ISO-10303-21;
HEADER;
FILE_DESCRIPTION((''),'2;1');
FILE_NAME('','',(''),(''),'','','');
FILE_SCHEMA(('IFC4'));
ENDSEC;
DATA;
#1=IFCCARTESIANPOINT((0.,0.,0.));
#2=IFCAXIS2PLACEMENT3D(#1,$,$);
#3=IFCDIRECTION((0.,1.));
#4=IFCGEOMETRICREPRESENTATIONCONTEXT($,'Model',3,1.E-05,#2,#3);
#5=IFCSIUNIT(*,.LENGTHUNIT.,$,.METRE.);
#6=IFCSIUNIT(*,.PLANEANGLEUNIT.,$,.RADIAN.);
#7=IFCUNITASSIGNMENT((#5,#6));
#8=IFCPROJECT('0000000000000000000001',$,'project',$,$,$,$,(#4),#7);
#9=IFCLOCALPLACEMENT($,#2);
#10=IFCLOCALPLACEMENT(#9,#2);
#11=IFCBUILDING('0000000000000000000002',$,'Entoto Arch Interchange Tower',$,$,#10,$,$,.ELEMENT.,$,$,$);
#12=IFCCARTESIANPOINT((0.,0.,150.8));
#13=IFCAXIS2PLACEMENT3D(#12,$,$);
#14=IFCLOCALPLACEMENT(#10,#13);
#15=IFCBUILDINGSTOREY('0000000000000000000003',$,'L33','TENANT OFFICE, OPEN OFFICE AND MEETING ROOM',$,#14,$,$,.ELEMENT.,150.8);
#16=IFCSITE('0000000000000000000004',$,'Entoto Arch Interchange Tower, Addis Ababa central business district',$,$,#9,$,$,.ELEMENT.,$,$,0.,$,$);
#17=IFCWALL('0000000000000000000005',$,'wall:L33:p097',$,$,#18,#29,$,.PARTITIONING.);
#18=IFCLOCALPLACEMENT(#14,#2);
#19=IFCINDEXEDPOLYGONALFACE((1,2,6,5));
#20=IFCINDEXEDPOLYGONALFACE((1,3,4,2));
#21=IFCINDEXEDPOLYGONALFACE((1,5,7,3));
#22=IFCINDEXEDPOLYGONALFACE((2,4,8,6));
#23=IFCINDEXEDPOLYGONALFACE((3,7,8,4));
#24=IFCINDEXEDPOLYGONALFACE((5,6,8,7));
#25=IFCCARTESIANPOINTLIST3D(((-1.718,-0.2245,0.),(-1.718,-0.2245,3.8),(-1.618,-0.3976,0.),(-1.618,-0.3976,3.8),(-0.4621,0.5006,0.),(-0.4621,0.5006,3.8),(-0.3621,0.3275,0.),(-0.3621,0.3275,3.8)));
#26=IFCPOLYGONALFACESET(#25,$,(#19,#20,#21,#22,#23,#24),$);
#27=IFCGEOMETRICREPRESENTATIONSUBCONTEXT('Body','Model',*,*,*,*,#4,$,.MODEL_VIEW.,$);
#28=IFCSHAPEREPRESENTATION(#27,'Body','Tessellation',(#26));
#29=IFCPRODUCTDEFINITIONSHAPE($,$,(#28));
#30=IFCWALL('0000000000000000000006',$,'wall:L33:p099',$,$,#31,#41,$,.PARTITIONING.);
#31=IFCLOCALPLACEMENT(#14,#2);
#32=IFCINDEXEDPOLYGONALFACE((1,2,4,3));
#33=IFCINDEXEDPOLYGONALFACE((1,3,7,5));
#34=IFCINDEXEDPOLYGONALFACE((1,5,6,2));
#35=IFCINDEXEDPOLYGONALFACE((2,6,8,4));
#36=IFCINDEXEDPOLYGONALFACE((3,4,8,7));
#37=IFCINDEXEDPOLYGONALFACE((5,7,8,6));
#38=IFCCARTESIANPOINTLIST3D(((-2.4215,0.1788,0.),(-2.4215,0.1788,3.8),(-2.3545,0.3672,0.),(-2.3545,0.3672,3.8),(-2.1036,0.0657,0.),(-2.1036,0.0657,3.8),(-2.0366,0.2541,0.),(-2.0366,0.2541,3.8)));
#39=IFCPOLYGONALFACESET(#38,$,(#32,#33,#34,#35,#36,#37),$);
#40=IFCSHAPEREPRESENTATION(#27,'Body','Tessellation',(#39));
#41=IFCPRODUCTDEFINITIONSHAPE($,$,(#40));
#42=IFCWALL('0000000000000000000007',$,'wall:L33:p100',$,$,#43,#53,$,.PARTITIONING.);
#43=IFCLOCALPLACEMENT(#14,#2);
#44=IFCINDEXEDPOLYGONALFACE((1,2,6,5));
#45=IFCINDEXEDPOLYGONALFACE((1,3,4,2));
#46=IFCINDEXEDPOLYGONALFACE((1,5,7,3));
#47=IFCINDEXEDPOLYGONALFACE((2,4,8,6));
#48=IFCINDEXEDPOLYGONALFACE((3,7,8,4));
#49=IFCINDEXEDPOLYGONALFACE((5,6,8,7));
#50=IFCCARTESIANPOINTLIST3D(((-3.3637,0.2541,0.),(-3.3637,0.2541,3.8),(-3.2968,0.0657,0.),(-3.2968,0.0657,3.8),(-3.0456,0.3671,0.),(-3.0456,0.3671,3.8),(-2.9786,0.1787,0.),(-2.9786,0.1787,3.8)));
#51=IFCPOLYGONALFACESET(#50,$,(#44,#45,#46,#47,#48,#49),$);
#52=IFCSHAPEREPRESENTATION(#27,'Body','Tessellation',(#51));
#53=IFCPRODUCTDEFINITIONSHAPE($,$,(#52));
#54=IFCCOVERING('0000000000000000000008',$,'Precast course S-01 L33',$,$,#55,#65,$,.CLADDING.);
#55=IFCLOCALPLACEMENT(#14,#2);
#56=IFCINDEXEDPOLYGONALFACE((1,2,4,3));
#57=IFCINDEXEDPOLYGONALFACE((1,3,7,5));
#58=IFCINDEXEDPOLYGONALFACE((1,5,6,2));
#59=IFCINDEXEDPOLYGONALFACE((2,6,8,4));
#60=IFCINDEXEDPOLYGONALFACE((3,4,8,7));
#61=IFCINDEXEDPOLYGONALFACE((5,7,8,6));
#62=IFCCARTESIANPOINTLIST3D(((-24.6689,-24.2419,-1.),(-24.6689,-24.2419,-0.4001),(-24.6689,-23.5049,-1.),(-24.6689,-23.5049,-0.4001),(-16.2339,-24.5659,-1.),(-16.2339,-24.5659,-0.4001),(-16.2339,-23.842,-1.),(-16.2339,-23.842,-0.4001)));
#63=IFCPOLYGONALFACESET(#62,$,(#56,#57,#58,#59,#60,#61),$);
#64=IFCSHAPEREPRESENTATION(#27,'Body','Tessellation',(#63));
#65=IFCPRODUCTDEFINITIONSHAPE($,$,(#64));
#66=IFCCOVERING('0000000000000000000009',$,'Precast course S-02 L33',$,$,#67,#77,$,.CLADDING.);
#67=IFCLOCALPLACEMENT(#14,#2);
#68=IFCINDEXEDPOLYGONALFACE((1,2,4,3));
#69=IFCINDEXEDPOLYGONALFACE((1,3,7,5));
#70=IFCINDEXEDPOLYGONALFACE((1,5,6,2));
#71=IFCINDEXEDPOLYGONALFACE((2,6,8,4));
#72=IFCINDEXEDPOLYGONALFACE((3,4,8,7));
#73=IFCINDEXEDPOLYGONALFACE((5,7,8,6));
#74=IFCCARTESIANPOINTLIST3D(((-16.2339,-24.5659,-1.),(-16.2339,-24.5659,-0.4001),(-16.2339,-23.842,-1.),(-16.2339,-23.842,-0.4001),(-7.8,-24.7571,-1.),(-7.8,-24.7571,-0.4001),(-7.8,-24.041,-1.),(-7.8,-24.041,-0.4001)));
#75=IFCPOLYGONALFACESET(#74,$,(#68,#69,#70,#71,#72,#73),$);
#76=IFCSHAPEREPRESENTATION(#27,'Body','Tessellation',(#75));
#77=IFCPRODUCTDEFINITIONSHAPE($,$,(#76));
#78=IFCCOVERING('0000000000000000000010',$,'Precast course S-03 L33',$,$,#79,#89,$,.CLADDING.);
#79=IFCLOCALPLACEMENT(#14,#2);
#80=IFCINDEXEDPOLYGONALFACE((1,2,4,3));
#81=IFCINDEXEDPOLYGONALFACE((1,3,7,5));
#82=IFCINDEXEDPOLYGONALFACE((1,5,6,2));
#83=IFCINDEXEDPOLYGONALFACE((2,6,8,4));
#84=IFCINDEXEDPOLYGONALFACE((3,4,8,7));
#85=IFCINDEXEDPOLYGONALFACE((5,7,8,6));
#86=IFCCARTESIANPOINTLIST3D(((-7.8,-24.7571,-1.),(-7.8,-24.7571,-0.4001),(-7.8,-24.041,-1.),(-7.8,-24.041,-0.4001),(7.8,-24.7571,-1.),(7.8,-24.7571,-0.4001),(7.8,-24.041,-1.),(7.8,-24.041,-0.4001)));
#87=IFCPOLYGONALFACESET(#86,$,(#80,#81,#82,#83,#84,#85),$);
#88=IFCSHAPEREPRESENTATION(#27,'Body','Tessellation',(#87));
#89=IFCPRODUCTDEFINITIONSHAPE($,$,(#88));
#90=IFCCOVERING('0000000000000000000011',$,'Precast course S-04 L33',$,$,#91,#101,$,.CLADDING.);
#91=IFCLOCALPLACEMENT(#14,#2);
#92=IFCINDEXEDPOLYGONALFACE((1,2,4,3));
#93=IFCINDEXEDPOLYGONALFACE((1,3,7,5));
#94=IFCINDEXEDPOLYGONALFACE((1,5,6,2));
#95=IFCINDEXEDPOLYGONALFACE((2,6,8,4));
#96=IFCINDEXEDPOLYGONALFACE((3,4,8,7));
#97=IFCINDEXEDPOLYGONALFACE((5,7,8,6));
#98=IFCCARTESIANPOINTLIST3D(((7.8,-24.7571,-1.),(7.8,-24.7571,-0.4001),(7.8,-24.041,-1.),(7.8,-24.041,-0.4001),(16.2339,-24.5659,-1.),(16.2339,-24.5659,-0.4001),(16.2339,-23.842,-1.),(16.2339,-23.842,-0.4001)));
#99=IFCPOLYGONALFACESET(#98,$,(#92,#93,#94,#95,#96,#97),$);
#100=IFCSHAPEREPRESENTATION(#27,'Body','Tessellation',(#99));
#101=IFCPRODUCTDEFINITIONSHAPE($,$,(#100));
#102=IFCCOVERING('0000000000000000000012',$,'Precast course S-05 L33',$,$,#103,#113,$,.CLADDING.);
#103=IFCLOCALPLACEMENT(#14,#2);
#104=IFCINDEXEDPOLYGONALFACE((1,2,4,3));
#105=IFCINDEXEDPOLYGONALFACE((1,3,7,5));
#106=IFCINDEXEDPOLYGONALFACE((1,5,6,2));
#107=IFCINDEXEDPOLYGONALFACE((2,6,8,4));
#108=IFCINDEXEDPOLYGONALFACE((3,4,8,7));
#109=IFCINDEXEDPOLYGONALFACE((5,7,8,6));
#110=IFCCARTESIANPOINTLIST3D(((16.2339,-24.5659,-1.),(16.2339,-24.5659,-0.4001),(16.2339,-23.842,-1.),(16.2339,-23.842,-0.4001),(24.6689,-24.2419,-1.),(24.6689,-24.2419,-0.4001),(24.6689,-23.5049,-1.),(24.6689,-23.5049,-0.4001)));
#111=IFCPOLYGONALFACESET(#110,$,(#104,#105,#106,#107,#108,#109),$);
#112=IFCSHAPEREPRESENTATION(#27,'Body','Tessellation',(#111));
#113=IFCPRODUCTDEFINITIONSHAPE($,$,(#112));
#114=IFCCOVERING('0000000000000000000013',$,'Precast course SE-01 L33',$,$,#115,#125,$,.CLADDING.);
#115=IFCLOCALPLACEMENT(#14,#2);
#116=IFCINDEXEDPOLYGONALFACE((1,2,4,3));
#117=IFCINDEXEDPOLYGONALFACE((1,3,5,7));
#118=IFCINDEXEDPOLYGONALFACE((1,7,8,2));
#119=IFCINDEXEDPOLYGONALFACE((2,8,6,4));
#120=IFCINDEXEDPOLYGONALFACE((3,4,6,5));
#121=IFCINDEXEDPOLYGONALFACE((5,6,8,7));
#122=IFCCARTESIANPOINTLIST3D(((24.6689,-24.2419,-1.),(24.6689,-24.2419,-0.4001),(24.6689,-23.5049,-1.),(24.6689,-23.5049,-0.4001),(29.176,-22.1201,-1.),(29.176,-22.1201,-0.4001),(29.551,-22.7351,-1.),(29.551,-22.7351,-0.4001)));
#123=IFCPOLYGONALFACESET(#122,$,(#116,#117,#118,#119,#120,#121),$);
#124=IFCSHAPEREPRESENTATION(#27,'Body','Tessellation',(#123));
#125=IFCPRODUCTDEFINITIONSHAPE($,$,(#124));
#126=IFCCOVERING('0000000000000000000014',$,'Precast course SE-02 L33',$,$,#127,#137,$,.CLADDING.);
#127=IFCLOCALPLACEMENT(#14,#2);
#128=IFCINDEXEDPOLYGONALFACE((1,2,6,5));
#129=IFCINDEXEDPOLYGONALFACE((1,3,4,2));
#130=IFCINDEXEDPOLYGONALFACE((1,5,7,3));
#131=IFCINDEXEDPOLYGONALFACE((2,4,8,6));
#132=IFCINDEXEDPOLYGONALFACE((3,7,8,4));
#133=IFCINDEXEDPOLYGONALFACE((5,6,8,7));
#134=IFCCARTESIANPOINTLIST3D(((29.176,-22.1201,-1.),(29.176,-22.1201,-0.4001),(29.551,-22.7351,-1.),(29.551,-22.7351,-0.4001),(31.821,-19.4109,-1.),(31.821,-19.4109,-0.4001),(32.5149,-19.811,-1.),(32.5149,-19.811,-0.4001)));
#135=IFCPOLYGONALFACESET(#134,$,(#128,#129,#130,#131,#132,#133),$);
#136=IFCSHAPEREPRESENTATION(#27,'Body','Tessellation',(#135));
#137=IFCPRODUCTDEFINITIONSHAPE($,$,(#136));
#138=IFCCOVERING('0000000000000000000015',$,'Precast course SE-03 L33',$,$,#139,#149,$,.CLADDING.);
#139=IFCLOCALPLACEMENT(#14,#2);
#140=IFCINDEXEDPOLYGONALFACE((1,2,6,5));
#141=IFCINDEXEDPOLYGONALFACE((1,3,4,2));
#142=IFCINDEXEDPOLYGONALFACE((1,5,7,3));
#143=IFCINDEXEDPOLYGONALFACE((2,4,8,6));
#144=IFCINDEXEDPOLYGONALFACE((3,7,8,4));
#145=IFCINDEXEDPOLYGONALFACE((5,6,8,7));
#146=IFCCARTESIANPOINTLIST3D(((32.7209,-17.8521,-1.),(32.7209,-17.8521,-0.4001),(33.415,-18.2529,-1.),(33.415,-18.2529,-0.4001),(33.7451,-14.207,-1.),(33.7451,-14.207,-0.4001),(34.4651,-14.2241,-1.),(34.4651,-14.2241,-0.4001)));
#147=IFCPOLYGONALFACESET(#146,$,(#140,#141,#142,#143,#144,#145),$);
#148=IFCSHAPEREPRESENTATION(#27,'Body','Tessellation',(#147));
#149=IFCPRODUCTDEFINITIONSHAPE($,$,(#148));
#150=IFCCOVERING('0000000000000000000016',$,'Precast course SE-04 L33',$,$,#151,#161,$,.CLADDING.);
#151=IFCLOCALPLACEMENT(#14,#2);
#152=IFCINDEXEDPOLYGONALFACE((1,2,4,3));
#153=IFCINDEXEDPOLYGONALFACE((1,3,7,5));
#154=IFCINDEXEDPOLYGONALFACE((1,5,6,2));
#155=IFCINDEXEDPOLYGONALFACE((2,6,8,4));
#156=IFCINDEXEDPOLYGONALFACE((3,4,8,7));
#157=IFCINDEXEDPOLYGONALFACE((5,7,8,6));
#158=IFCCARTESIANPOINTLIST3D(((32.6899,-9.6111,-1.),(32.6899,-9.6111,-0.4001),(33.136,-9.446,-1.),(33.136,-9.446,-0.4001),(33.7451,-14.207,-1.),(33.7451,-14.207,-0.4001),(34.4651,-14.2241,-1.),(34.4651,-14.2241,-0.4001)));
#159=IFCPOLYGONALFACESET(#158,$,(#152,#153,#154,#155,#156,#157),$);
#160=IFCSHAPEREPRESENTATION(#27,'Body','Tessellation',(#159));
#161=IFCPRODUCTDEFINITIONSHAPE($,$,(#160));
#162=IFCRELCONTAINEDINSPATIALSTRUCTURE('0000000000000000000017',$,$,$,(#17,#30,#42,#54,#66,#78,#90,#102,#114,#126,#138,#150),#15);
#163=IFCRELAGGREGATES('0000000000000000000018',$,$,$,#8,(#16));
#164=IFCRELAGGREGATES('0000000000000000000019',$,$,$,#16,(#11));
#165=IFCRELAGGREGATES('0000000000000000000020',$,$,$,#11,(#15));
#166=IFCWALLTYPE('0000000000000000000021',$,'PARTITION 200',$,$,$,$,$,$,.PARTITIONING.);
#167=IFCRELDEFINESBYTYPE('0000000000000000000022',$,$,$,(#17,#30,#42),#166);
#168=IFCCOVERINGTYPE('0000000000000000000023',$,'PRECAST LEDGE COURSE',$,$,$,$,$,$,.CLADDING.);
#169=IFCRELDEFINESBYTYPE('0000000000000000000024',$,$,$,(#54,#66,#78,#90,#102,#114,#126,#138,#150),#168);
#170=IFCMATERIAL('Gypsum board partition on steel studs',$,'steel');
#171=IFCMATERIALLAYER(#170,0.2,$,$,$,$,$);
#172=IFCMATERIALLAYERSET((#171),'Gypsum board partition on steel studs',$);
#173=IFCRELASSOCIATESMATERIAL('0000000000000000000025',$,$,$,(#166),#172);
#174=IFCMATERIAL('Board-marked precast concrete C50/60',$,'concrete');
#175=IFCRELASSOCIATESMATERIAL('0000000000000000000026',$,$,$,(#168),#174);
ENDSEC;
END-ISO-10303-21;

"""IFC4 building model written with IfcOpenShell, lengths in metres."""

from ifc_helpers import new_model, si_unit, direction, frame, frame_2d, origin, place, context, subcontext, project, spatial, polyline, rectangle, outline, extrude, material, layer, layer_set, type_object, element, save


model = new_model("IFC4")

# Units and contexts
model_context = context("Model", 3, precision=1e-05, world=origin(), true_north=direction((0.0, 1.0)))
body_context = subcontext(model_context, "Body", "Model", "MODEL_VIEW")
ifc_project = project(units=[si_unit("LENGTHUNIT", "METRE"), si_unit("PLANEANGLEUNIT", "RADIAN")], contexts=[model_context])

# Site, building, storey
site_placement = place(None, origin())
site = spatial("IfcSite", under=ifc_project, at=site_placement, Name="Entoto Arch Interchange Tower, Addis Ababa central business district", CompositionType="ELEMENT", RefElevation=0.0)
building_placement = place(site_placement, origin())
building = spatial("IfcBuilding", under=site, at=building_placement, Name="Entoto Arch Interchange Tower", CompositionType="ELEMENT")
storey_placement = place(building_placement, frame((0.0, 0.0, 150.8)))
storey = spatial("IfcBuildingStorey", under=building, at=storey_placement, Name="L33", Description="TENANT OFFICE, OPEN OFFICE AND MEETING ROOM", CompositionType="ELEMENT", Elevation=150.8)

# Shared definitions
ifc_material_1 = material(Name="Gypsum board partition on steel studs", Category="steel")
ifc_layer_1 = layer(ifc_material_1, 0.2)
ifc_layer_set_1 = layer_set([ifc_layer_1], Name="Gypsum board partition on steel studs")
wall_type_1 = type_object("IfcWallType", Name="PARTITION 200", PredefinedType="PARTITIONING", material=ifc_layer_set_1)

# Walls
wall_1_placement = place(storey_placement, frame((-0.4121, 0.4141, 0.0), z_axis=(0.0, 0.0, 1.0), x_axis=(-0.866017, -0.500014, 0.0)))
element("IfcWall", 1, at=wall_1_placement, inside=storey, type_object=wall_type_1, Name="wall:L33:p097", PredefinedType="PARTITIONING", context=body_context, shape_type="SweptSolid", body=[
    extrude(rectangle(XDim=1.4502, YDim=0.2, at=frame_2d((0.7251, 0.0))), origin(), (0.0, 0.0, 1.0), 3.8),
])
wall_2_placement = place(storey_placement, frame((-2.0701, 0.1599, 0.0), z_axis=(0.0, 0.0, 1.0), x_axis=(-0.942199, 0.335052, 0.0)))
element("IfcWall", 2, at=wall_2_placement, inside=storey, type_object=wall_type_1, Name="wall:L33:p099", PredefinedType="PARTITIONING", context=body_context, shape_type="SweptSolid", body=[
    extrude(rectangle(XDim=0.3374, YDim=0.2, at=frame_2d((0.1687, 0.0))), origin(), (0.0, 0.0, 1.0), 3.8),
])
wall_3_placement = place(storey_placement, frame((-3.012, 0.2729, 0.0), z_axis=(0.0, 0.0, 1.0), x_axis=(-0.942281, -0.334824, 0.0)))
element("IfcWall", 3, at=wall_3_placement, inside=storey, type_object=wall_type_1, Name="wall:L33:p100", PredefinedType="PARTITIONING", context=body_context, shape_type="SweptSolid", body=[
    extrude(rectangle(XDim=0.3376, YDim=0.2, at=frame_2d((0.1689, 0.0))), origin(), (0.0, 0.0, 1.0), 3.8),
])

# Coverings
ifc_material_2 = material(Name="Board-marked precast concrete C50/60", Category="concrete")
covering_type = type_object("IfcCoveringType", Name="PRECAST LEDGE COURSE", PredefinedType="CLADDING", material=ifc_material_2)
covering_1_placement = place(storey_placement, frame((0.0, 0.0, -1.0)))
element("IfcCovering", 4, at=covering_1_placement, inside=storey, type_object=covering_type, Name="Precast course S-01 L33", PredefinedType="CLADDING", context=body_context, shape_type="SweptSolid", body=[
    extrude(outline(polyline([(-16.2339, -23.842), (-16.2339, -24.5659), (-24.6689, -24.2419), (-24.6689, -23.5049), (-16.2339, -23.842)])), origin(), (0.0, 0.0, 1.0), 0.5999),
])
covering_2_placement = place(storey_placement, frame((0.0, 0.0, -1.0)))
element("IfcCovering", 5, at=covering_2_placement, inside=storey, type_object=covering_type, Name="Precast course S-02 L33", PredefinedType="CLADDING", context=body_context, shape_type="SweptSolid", body=[
    extrude(outline(polyline([(-7.8, -24.041), (-7.8, -24.7571), (-16.2339, -24.5659), (-16.2339, -23.842), (-7.8, -24.041)])), origin(), (0.0, 0.0, 1.0), 0.5999),
])
covering_3_placement = place(storey_placement, frame((0.0, 0.0, -1.0)))
element("IfcCovering", 6, at=covering_3_placement, inside=storey, type_object=covering_type, Name="Precast course S-03 L33", PredefinedType="CLADDING", context=body_context, shape_type="SweptSolid", body=[
    extrude(outline(polyline([(7.8, -24.041), (7.8, -24.7571), (-7.8, -24.7571), (-7.8, -24.041), (7.8, -24.041)])), origin(), (0.0, 0.0, 1.0), 0.5999),
])
covering_4_placement = place(storey_placement, frame((0.0, 0.0, -1.0)))
element("IfcCovering", 7, at=covering_4_placement, inside=storey, type_object=covering_type, Name="Precast course S-04 L33", PredefinedType="CLADDING", context=body_context, shape_type="SweptSolid", body=[
    extrude(outline(polyline([(16.2339, -23.842), (16.2339, -24.5659), (7.8, -24.7571), (7.8, -24.041), (16.2339, -23.842)])), origin(), (0.0, 0.0, 1.0), 0.5999),
])
covering_5_placement = place(storey_placement, frame((0.0, 0.0, -1.0)))
element("IfcCovering", 8, at=covering_5_placement, inside=storey, type_object=covering_type, Name="Precast course S-05 L33", PredefinedType="CLADDING", context=body_context, shape_type="SweptSolid", body=[
    extrude(outline(polyline([(24.6689, -23.5049), (24.6689, -24.2419), (16.2339, -24.5659), (16.2339, -23.842), (24.6689, -23.5049)])), origin(), (0.0, 0.0, 1.0), 0.5999),
])
covering_6_placement = place(storey_placement, frame((0.0, 0.0, -1.0)))
element("IfcCovering", 9, at=covering_6_placement, inside=storey, type_object=covering_type, Name="Precast course SE-01 L33", PredefinedType="CLADDING", context=body_context, shape_type="SweptSolid", body=[
    extrude(outline(polyline([(29.176, -22.1201), (29.551, -22.7351), (24.6689, -24.2419), (24.6689, -23.5049), (29.176, -22.1201)])), origin(), (0.0, 0.0, 1.0), 0.5999),
])
covering_7_placement = place(storey_placement, frame((0.0, 0.0, -1.0)))
element("IfcCovering", 10, at=covering_7_placement, inside=storey, type_object=covering_type, Name="Precast course SE-02 L33", PredefinedType="CLADDING", context=body_context, shape_type="SweptSolid", body=[
    extrude(outline(polyline([(31.821, -19.4109), (32.5149, -19.811), (29.551, -22.7351), (29.176, -22.1201), (31.821, -19.4109)])), origin(), (0.0, 0.0, 1.0), 0.5999),
])
covering_8_placement = place(storey_placement, frame((0.0, 0.0, -1.0)))
element("IfcCovering", 11, at=covering_8_placement, inside=storey, type_object=covering_type, Name="Precast course SE-03 L33", PredefinedType="CLADDING", context=body_context, shape_type="SweptSolid", body=[
    extrude(outline(polyline([(33.7451, -14.207), (34.4651, -14.2241), (33.415, -18.2529), (32.7209, -17.8521), (33.7451, -14.207)])), origin(), (0.0, 0.0, 1.0), 0.5999),
])
covering_9_placement = place(storey_placement, frame((0.0, 0.0, -1.0)))
element("IfcCovering", 12, at=covering_9_placement, inside=storey, type_object=covering_type, Name="Precast course SE-04 L33", PredefinedType="CLADDING", context=body_context, shape_type="SweptSolid", body=[
    extrude(outline(polyline([(32.6899, -9.6111), (33.136, -9.446), (34.4651, -14.2241), (33.7451, -14.207), (32.6899, -9.6111)])), origin(), (0.0, 0.0, 1.0), 0.5999),
])

save(model, "model.ifc")
